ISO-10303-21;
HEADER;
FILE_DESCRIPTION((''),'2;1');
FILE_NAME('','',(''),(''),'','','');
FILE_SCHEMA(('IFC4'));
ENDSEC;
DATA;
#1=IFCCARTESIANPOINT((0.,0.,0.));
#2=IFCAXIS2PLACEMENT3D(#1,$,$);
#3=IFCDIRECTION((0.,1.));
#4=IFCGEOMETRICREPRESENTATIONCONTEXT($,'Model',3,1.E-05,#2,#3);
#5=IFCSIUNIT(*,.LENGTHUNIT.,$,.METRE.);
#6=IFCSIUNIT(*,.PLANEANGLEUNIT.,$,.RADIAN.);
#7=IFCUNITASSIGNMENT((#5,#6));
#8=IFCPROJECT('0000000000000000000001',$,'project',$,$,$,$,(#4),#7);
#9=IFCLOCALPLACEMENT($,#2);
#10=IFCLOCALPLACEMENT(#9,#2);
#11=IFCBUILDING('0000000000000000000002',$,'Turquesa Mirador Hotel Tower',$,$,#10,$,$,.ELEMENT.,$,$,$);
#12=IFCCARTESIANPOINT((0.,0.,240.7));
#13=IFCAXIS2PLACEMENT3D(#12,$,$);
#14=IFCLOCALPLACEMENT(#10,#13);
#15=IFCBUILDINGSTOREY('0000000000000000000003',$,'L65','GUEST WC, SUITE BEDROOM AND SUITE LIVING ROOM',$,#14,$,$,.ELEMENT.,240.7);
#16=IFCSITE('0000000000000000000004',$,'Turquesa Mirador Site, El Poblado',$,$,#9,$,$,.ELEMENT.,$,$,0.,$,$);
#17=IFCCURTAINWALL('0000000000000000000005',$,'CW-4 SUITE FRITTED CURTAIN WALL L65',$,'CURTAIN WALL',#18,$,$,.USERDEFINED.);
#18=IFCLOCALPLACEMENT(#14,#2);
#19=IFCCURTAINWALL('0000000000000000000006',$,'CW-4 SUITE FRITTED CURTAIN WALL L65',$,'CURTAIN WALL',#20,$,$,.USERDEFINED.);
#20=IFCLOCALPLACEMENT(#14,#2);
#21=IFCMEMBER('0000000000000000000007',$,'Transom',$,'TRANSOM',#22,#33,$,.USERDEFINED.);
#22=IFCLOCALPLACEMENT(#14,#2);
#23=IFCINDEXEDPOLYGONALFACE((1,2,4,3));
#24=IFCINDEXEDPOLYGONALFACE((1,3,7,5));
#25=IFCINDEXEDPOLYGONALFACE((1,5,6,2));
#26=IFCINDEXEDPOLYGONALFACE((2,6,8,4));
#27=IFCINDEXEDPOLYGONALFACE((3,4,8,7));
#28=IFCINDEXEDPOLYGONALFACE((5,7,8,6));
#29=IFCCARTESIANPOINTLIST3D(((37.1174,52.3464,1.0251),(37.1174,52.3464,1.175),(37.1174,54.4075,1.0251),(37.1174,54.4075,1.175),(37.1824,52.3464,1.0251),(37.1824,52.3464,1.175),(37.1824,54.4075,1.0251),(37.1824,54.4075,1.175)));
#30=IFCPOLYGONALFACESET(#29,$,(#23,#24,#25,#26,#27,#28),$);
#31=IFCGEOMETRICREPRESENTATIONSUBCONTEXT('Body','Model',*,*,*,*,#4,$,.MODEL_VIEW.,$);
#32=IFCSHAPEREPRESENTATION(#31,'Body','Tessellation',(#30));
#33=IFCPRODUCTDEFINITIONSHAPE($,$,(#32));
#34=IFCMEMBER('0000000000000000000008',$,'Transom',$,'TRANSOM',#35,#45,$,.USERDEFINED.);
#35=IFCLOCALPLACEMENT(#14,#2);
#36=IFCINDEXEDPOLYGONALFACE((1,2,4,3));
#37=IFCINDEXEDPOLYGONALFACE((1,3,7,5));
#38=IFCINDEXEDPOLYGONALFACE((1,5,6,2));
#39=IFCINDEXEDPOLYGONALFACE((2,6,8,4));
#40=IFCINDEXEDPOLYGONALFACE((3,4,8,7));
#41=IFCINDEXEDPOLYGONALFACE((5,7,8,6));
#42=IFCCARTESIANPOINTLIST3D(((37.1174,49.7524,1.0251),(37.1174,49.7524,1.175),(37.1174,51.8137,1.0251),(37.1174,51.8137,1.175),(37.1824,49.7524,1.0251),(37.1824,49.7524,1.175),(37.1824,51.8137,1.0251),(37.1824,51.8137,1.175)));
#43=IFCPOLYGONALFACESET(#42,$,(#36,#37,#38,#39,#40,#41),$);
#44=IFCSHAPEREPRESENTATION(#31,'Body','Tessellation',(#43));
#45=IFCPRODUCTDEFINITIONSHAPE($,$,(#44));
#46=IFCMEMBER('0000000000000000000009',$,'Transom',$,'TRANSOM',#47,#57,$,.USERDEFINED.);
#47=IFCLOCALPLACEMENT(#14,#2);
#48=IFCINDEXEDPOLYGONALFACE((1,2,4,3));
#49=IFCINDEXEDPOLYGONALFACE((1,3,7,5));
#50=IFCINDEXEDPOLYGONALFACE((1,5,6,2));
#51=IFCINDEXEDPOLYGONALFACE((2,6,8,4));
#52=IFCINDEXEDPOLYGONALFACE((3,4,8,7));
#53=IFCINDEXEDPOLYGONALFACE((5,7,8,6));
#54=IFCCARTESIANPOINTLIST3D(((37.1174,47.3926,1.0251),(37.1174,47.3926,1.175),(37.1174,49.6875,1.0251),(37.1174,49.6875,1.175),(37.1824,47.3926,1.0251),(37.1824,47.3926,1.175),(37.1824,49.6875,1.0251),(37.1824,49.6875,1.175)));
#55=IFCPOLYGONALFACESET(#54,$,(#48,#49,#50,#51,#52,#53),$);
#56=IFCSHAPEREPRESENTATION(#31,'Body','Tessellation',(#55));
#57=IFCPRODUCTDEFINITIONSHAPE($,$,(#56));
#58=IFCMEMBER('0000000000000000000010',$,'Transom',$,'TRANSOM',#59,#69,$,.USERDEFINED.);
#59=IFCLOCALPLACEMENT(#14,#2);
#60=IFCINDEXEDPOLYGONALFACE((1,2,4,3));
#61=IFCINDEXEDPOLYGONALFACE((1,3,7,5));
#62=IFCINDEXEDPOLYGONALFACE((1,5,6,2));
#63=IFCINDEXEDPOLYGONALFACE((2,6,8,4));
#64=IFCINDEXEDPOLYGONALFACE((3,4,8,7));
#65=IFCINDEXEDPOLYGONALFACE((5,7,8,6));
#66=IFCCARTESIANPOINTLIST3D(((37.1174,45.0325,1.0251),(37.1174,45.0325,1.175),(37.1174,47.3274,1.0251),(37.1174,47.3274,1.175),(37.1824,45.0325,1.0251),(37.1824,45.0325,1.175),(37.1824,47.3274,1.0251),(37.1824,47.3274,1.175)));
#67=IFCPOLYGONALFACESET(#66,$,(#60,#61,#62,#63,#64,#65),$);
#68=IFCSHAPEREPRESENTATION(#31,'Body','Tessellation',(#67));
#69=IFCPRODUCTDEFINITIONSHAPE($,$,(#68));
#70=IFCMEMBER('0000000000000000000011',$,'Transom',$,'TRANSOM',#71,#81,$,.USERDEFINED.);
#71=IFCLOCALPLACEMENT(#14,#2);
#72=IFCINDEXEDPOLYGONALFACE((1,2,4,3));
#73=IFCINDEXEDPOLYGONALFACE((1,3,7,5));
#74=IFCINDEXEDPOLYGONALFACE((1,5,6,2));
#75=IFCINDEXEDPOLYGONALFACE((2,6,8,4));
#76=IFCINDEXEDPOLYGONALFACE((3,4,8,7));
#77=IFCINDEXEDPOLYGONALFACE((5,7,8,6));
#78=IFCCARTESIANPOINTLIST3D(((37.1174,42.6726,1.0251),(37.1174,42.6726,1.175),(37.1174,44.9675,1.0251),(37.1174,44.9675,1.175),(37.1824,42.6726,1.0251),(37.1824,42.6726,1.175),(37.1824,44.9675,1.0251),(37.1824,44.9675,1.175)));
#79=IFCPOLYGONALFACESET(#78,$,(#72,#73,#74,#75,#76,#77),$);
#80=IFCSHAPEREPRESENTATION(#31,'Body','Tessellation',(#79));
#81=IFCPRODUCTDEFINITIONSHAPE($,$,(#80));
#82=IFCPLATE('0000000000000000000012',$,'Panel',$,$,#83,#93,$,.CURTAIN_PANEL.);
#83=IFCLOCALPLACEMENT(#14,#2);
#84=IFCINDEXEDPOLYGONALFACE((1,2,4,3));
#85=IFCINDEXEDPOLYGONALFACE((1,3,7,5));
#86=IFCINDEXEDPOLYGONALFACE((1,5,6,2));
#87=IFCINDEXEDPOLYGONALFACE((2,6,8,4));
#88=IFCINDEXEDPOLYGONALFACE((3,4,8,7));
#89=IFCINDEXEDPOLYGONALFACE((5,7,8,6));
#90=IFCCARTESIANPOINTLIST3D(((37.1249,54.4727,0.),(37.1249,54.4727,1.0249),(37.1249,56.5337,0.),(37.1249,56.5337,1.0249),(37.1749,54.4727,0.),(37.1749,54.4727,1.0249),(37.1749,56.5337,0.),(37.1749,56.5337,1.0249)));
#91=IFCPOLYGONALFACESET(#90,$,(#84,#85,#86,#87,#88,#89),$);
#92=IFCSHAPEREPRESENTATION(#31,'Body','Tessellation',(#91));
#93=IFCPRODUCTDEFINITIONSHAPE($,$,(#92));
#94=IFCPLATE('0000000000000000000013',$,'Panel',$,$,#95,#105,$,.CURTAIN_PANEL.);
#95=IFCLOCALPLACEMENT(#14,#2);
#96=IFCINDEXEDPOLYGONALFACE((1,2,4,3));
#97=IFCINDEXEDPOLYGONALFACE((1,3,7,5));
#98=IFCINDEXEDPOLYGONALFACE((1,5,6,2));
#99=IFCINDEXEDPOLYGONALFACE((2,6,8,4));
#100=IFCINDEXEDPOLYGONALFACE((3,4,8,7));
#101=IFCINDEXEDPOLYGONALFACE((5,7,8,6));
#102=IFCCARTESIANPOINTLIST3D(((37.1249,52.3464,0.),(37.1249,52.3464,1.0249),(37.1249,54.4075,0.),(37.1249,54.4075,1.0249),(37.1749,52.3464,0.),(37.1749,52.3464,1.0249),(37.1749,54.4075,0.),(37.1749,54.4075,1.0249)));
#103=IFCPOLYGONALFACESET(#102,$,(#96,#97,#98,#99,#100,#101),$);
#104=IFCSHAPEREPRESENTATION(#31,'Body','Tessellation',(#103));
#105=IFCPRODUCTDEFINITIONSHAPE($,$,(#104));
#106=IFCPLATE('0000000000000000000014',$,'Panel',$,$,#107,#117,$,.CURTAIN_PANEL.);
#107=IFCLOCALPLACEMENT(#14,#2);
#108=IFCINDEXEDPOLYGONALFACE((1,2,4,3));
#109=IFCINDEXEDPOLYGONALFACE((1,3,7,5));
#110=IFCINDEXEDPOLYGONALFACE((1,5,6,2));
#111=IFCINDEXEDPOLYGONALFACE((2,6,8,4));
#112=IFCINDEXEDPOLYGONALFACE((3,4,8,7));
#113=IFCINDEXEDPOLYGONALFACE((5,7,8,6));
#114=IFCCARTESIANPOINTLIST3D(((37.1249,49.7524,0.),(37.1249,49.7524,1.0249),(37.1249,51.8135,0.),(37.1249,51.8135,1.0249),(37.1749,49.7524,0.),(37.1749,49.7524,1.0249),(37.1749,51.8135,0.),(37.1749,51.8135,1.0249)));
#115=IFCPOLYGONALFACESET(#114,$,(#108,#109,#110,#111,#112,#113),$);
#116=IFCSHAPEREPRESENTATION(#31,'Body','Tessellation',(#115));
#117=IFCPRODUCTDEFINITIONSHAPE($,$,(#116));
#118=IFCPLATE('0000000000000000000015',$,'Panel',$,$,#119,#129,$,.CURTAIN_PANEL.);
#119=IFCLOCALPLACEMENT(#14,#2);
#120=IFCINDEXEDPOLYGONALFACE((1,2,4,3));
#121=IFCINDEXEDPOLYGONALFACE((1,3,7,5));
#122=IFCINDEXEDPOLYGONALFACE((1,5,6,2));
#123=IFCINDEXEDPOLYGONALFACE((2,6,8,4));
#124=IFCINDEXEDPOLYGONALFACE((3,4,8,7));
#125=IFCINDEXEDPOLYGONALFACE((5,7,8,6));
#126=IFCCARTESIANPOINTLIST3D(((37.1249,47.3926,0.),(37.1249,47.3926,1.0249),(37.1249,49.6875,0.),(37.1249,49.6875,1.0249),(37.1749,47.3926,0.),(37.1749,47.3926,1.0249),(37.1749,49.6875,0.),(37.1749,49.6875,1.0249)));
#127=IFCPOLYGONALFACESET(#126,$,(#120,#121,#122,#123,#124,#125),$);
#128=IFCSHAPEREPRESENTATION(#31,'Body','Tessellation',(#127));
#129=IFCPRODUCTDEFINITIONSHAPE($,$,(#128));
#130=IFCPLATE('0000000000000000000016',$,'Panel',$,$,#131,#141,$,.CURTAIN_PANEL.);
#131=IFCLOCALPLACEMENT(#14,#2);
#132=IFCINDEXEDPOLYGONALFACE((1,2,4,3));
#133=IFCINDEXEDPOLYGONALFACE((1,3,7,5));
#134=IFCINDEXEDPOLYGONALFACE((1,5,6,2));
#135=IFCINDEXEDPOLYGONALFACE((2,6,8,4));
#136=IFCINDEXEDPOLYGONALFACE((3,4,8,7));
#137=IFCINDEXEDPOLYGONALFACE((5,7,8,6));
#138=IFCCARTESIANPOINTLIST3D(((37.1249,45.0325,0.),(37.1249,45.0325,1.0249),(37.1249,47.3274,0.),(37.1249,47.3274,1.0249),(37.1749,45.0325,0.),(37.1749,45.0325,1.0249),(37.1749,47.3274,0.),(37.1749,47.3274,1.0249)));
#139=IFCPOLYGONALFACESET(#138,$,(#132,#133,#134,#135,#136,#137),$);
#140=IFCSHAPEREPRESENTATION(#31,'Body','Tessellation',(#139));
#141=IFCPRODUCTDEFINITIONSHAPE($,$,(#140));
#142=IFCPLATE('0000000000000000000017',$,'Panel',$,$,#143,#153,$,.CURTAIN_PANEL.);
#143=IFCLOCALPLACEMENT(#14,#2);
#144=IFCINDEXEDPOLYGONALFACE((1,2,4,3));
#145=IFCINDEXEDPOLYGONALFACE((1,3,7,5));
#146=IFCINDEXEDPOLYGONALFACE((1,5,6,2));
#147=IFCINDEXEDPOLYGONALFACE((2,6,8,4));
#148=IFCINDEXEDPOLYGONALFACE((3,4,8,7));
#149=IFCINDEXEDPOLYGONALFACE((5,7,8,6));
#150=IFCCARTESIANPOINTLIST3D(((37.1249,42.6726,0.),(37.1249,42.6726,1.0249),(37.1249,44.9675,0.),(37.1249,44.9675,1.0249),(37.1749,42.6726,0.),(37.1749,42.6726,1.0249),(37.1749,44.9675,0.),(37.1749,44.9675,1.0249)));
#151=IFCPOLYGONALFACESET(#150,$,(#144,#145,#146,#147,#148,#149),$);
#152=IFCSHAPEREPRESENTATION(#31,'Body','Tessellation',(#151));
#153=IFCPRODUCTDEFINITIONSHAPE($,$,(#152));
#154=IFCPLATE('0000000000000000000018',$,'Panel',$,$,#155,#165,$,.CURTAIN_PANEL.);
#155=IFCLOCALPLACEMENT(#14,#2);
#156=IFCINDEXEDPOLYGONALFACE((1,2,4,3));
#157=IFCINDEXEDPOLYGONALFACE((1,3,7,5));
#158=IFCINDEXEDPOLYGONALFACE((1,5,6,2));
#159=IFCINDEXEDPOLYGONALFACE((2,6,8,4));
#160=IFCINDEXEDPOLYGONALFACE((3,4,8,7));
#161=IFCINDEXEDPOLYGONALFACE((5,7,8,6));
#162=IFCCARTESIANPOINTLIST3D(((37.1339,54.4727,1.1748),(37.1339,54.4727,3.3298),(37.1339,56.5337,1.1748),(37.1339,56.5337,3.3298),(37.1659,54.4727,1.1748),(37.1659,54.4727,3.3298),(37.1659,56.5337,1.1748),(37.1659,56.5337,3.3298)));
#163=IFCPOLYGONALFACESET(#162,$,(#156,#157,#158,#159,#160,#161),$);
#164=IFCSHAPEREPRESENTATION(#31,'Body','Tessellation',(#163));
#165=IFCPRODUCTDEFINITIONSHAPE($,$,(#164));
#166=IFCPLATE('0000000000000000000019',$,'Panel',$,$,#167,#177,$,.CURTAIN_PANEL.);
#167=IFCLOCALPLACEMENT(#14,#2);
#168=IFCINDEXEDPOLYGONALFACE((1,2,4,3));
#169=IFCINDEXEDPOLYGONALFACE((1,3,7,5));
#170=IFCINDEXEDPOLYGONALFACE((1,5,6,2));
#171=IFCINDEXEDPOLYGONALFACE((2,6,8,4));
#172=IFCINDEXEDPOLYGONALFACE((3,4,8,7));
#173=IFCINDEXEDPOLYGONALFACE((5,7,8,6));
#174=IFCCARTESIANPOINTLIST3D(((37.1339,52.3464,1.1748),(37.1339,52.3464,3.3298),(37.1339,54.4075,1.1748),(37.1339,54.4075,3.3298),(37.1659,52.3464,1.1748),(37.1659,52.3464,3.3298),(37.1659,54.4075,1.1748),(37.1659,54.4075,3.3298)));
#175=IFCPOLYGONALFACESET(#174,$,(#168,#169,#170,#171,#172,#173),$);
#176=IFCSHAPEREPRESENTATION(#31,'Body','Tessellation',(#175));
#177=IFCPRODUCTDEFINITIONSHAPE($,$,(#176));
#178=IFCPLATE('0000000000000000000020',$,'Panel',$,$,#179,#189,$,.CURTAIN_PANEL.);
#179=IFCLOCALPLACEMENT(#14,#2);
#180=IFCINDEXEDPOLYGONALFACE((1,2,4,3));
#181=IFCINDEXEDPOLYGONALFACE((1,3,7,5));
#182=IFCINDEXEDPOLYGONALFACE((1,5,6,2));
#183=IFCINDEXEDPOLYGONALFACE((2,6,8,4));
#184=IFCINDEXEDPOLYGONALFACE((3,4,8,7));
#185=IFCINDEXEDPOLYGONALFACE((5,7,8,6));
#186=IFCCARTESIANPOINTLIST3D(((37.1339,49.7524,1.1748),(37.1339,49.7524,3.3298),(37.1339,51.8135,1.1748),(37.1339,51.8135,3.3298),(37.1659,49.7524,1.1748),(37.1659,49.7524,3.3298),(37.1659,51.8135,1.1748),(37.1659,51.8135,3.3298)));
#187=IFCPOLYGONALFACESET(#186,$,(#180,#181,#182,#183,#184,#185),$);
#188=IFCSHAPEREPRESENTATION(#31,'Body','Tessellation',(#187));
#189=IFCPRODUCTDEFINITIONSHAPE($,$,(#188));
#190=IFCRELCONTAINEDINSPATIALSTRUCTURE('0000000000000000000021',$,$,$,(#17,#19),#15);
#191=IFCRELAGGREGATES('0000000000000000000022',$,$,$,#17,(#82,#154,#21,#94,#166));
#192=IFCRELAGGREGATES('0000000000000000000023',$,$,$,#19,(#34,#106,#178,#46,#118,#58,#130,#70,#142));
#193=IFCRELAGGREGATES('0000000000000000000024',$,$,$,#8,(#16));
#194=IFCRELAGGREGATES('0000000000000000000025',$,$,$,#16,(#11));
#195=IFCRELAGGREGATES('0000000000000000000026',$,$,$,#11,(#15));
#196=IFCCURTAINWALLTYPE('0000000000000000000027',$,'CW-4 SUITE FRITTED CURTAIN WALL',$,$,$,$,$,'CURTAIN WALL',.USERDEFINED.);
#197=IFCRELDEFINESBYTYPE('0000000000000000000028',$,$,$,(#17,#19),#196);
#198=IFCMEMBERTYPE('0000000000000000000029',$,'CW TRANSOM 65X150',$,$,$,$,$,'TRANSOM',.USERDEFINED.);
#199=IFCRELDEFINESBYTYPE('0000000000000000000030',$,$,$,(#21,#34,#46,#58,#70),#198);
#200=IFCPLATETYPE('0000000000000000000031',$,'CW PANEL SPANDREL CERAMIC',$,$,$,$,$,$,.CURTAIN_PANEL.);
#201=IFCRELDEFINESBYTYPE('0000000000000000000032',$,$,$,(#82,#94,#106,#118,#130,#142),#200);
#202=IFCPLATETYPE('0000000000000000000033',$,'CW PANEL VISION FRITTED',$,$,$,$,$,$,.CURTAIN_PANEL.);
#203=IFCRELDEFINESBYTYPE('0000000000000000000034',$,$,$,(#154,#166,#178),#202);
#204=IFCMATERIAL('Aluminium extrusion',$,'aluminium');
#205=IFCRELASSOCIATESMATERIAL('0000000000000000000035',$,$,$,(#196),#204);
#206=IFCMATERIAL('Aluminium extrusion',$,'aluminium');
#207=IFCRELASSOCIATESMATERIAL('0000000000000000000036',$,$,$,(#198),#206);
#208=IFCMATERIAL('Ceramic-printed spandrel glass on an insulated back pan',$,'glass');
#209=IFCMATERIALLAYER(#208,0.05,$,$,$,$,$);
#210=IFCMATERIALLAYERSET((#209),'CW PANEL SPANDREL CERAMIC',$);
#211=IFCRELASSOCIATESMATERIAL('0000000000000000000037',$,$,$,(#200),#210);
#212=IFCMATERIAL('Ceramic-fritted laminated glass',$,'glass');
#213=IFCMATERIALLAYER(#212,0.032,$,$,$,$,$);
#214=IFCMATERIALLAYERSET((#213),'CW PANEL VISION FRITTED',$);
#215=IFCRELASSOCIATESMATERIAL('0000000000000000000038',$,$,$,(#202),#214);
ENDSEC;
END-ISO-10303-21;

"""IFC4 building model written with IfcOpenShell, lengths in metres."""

from ifc_helpers import new_model, si_unit, direction, frame, origin, origin_2d, place, context, subcontext, project, spatial, rectangle, extrude, material, layer, layer_set, material_profile, profile_set, type_object, element, aggregate, save


model = new_model("IFC4")

# Units and contexts
model_context = context("Model", 3, precision=1e-05, world=origin(), true_north=direction((0.0, 1.0)))
body_context = subcontext(model_context, "Body", "Model", "MODEL_VIEW")
ifc_project = project(units=[si_unit("LENGTHUNIT", "METRE"), si_unit("PLANEANGLEUNIT", "RADIAN")], contexts=[model_context])

# Site, building, storey
site_placement = place(None, origin())
site = spatial("IfcSite", under=ifc_project, at=site_placement, Name="Turquesa Mirador Site, El Poblado", CompositionType="ELEMENT", RefElevation=0.0)
building_placement = place(site_placement, origin())
building = spatial("IfcBuilding", under=site, at=building_placement, Name="Turquesa Mirador Hotel Tower", CompositionType="ELEMENT")
storey_placement = place(building_placement, frame((0.0, 0.0, 240.7)))
storey = spatial("IfcBuildingStorey", under=building, at=storey_placement, Name="L65", Description="GUEST WC, SUITE BEDROOM AND SUITE LIVING ROOM", CompositionType="ELEMENT", Elevation=240.7)

# Curtain walls
ifc_material_1 = material(Name="Aluminium extrusion", Category="aluminium")
curtain_wall_type = type_object("IfcCurtainWallType", Name="CW-4 SUITE FRITTED CURTAIN WALL", ElementType="CURTAIN WALL", PredefinedType="USERDEFINED", material=ifc_material_1)
curtain_wall_1_placement = place(storey_placement, origin())
curtain_wall_1 = element("IfcCurtainWall", 1, at=curtain_wall_1_placement, inside=storey, type_object=curtain_wall_type, Name="CW-4 SUITE FRITTED CURTAIN WALL L65", ObjectType="CURTAIN WALL", PredefinedType="USERDEFINED")
curtain_wall_2_placement = place(storey_placement, origin())
curtain_wall_2 = element("IfcCurtainWall", 2, at=curtain_wall_2_placement, inside=storey, type_object=curtain_wall_type, Name="CW-4 SUITE FRITTED CURTAIN WALL L65", ObjectType="CURTAIN WALL", PredefinedType="USERDEFINED")

# Members
ifc_material_2 = material(Name="Aluminium extrusion", Category="aluminium")
ifc_material_profile_1 = material_profile(ifc_material_2, rectangle(XDim=0.0649, YDim=0.1499, at=origin_2d()), Name="TRANSOM 65X150")
ifc_profile_set_1 = profile_set([ifc_material_profile_1], Name="Aluminium extrusion")
member_type_1 = type_object("IfcMemberType", Name="CW TRANSOM 65X150", ElementType="TRANSOM", PredefinedType="USERDEFINED", material=ifc_profile_set_1)
member_1_placement = place(storey_placement, frame((37.1499, 54.4075, 1.1001), z_axis=(0.0, -1.0, 0.0), x_axis=(1.0, 0.0, 0.0)))
member_1 = element("IfcMember", 3, at=member_1_placement, type_object=member_type_1, Name="Transom", ObjectType="TRANSOM", PredefinedType="USERDEFINED", context=body_context, shape_type="SweptSolid", body=[
    extrude(rectangle(XDim=0.0649, YDim=0.1499, at=origin_2d()), origin(), (0.0, 0.0, 1.0), 2.061),
])
member_2_placement = place(storey_placement, frame((37.1499, 51.8137, 1.1001), z_axis=(0.0, -1.0, 0.0), x_axis=(1.0, 0.0, 0.0)))
member_2 = element("IfcMember", 4, at=member_2_placement, type_object=member_type_1, Name="Transom", ObjectType="TRANSOM", PredefinedType="USERDEFINED", context=body_context, shape_type="SweptSolid", body=[
    extrude(rectangle(XDim=0.0649, YDim=0.1499, at=origin_2d()), origin(), (0.0, 0.0, 1.0), 2.0613),
])
member_3_placement = place(storey_placement, frame((37.1499, 49.6875, 1.1001), z_axis=(0.0, -1.0, 0.0), x_axis=(1.0, 0.0, 0.0)))
member_3 = element("IfcMember", 5, at=member_3_placement, type_object=member_type_1, Name="Transom", ObjectType="TRANSOM", PredefinedType="USERDEFINED", context=body_context, shape_type="SweptSolid", body=[
    extrude(rectangle(XDim=0.0649, YDim=0.1499, at=origin_2d()), origin(), (0.0, 0.0, 1.0), 2.2949),
])
member_4_placement = place(storey_placement, frame((37.1499, 47.3274, 1.1001), z_axis=(0.0, -1.0, 0.0), x_axis=(1.0, 0.0, 0.0)))
member_4 = element("IfcMember", 6, at=member_4_placement, type_object=member_type_1, Name="Transom", ObjectType="TRANSOM", PredefinedType="USERDEFINED", context=body_context, shape_type="SweptSolid", body=[
    extrude(rectangle(XDim=0.0649, YDim=0.1499, at=origin_2d()), origin(), (0.0, 0.0, 1.0), 2.2949),
])
member_5_placement = place(storey_placement, frame((37.1499, 44.9675, 1.1001), z_axis=(0.0, -1.0, 0.0), x_axis=(1.0, 0.0, 0.0)))
member_5 = element("IfcMember", 7, at=member_5_placement, type_object=member_type_1, Name="Transom", ObjectType="TRANSOM", PredefinedType="USERDEFINED", context=body_context, shape_type="SweptSolid", body=[
    extrude(rectangle(XDim=0.0649, YDim=0.1499, at=origin_2d()), origin(), (0.0, 0.0, 1.0), 2.2949),
])

# Plates
ifc_material_3 = material(Name="Ceramic-printed spandrel glass on an insulated back pan", Category="glass")
ifc_layer_1 = layer(ifc_material_3, 0.05)
ifc_layer_set_1 = layer_set([ifc_layer_1], Name="CW PANEL SPANDREL CERAMIC")
plate_type_1 = type_object("IfcPlateType", Name="CW PANEL SPANDREL CERAMIC", PredefinedType="CURTAIN_PANEL", material=ifc_layer_set_1)
plate_1_placement = place(storey_placement, frame((37.1499, 55.5032, 0.0), z_axis=(0.0, 0.0, 1.0), x_axis=(0.0, -1.0, 0.0)))
plate_1 = element("IfcPlate", 8, at=plate_1_placement, type_object=plate_type_1, Name="Panel", PredefinedType="CURTAIN_PANEL", context=body_context, shape_type="SweptSolid", body=[
    extrude(rectangle(XDim=2.061, YDim=0.05, at=origin_2d()), origin(), (0.0, 0.0, 1.0), 1.0249),
])
plate_2_placement = place(storey_placement, frame((37.1499, 53.377, 0.0), z_axis=(0.0, 0.0, 1.0), x_axis=(0.0, -1.0, 0.0)))
plate_2 = element("IfcPlate", 9, at=plate_2_placement, type_object=plate_type_1, Name="Panel", PredefinedType="CURTAIN_PANEL", context=body_context, shape_type="SweptSolid", body=[
    extrude(rectangle(XDim=2.061, YDim=0.05, at=origin_2d()), origin(), (0.0, 0.0, 1.0), 1.0249),
])
plate_3_placement = place(storey_placement, frame((37.1499, 50.783, 0.0), z_axis=(0.0, 0.0, 1.0), x_axis=(0.0, -1.0, 0.0)))
plate_3 = element("IfcPlate", 10, at=plate_3_placement, type_object=plate_type_1, Name="Panel", PredefinedType="CURTAIN_PANEL", context=body_context, shape_type="SweptSolid", body=[
    extrude(rectangle(XDim=2.061, YDim=0.05, at=origin_2d()), origin(), (0.0, 0.0, 1.0), 1.0249),
])
plate_4_placement = place(storey_placement, frame((37.1499, 48.54, 0.0), z_axis=(0.0, 0.0, 1.0), x_axis=(0.0, -1.0, 0.0)))
plate_4 = element("IfcPlate", 11, at=plate_4_placement, type_object=plate_type_1, Name="Panel", PredefinedType="CURTAIN_PANEL", context=body_context, shape_type="SweptSolid", body=[
    extrude(rectangle(XDim=2.2949, YDim=0.05, at=origin_2d()), origin(), (0.0, 0.0, 1.0), 1.0249),
])
plate_5_placement = place(storey_placement, frame((37.1499, 46.1799, 0.0), z_axis=(0.0, 0.0, 1.0), x_axis=(0.0, -1.0, 0.0)))
plate_5 = element("IfcPlate", 12, at=plate_5_placement, type_object=plate_type_1, Name="Panel", PredefinedType="CURTAIN_PANEL", context=body_context, shape_type="SweptSolid", body=[
    extrude(rectangle(XDim=2.2949, YDim=0.05, at=origin_2d()), origin(), (0.0, 0.0, 1.0), 1.0249),
])
plate_6_placement = place(storey_placement, frame((37.1499, 43.8201, 0.0), z_axis=(0.0, 0.0, 1.0), x_axis=(0.0, -1.0, 0.0)))
plate_6 = element("IfcPlate", 13, at=plate_6_placement, type_object=plate_type_1, Name="Panel", PredefinedType="CURTAIN_PANEL", context=body_context, shape_type="SweptSolid", body=[
    extrude(rectangle(XDim=2.2949, YDim=0.05, at=origin_2d()), origin(), (0.0, 0.0, 1.0), 1.0249),
])
ifc_material_4 = material(Name="Ceramic-fritted laminated glass", Category="glass")
ifc_layer_2 = layer(ifc_material_4, 0.032)
ifc_layer_set_2 = layer_set([ifc_layer_2], Name="CW PANEL VISION FRITTED")
plate_type_2 = type_object("IfcPlateType", Name="CW PANEL VISION FRITTED", PredefinedType="CURTAIN_PANEL", material=ifc_layer_set_2)
plate_7_placement = place(storey_placement, frame((37.1499, 55.5032, 1.1748), z_axis=(0.0, 0.0, 1.0), x_axis=(0.0, -1.0, 0.0)))
plate_7 = element("IfcPlate", 14, at=plate_7_placement, type_object=plate_type_2, Name="Panel", PredefinedType="CURTAIN_PANEL", context=body_context, shape_type="SweptSolid", body=[
    extrude(rectangle(XDim=2.061, YDim=0.032, at=origin_2d()), origin(), (0.0, 0.0, 1.0), 2.155),
])
plate_8_placement = place(storey_placement, frame((37.1499, 53.377, 1.1748), z_axis=(0.0, 0.0, 1.0), x_axis=(0.0, -1.0, 0.0)))
plate_8 = element("IfcPlate", 15, at=plate_8_placement, type_object=plate_type_2, Name="Panel", PredefinedType="CURTAIN_PANEL", context=body_context, shape_type="SweptSolid", body=[
    extrude(rectangle(XDim=2.061, YDim=0.032, at=origin_2d()), origin(), (0.0, 0.0, 1.0), 2.155),
])
aggregate(curtain_wall_1, [plate_1, plate_7, member_1, plate_2, plate_8])
plate_9_placement = place(storey_placement, frame((37.1499, 50.783, 1.1748), z_axis=(0.0, 0.0, 1.0), x_axis=(0.0, -1.0, 0.0)))
plate_9 = element("IfcPlate", 16, at=plate_9_placement, type_object=plate_type_2, Name="Panel", PredefinedType="CURTAIN_PANEL", context=body_context, shape_type="SweptSolid", body=[
    extrude(rectangle(XDim=2.061, YDim=0.032, at=origin_2d()), origin(), (0.0, 0.0, 1.0), 2.155),
])
aggregate(curtain_wall_2, [member_2, plate_3, plate_9, member_3, plate_4, member_4, plate_5, member_5, plate_6])

save(model, "model.ifc")
